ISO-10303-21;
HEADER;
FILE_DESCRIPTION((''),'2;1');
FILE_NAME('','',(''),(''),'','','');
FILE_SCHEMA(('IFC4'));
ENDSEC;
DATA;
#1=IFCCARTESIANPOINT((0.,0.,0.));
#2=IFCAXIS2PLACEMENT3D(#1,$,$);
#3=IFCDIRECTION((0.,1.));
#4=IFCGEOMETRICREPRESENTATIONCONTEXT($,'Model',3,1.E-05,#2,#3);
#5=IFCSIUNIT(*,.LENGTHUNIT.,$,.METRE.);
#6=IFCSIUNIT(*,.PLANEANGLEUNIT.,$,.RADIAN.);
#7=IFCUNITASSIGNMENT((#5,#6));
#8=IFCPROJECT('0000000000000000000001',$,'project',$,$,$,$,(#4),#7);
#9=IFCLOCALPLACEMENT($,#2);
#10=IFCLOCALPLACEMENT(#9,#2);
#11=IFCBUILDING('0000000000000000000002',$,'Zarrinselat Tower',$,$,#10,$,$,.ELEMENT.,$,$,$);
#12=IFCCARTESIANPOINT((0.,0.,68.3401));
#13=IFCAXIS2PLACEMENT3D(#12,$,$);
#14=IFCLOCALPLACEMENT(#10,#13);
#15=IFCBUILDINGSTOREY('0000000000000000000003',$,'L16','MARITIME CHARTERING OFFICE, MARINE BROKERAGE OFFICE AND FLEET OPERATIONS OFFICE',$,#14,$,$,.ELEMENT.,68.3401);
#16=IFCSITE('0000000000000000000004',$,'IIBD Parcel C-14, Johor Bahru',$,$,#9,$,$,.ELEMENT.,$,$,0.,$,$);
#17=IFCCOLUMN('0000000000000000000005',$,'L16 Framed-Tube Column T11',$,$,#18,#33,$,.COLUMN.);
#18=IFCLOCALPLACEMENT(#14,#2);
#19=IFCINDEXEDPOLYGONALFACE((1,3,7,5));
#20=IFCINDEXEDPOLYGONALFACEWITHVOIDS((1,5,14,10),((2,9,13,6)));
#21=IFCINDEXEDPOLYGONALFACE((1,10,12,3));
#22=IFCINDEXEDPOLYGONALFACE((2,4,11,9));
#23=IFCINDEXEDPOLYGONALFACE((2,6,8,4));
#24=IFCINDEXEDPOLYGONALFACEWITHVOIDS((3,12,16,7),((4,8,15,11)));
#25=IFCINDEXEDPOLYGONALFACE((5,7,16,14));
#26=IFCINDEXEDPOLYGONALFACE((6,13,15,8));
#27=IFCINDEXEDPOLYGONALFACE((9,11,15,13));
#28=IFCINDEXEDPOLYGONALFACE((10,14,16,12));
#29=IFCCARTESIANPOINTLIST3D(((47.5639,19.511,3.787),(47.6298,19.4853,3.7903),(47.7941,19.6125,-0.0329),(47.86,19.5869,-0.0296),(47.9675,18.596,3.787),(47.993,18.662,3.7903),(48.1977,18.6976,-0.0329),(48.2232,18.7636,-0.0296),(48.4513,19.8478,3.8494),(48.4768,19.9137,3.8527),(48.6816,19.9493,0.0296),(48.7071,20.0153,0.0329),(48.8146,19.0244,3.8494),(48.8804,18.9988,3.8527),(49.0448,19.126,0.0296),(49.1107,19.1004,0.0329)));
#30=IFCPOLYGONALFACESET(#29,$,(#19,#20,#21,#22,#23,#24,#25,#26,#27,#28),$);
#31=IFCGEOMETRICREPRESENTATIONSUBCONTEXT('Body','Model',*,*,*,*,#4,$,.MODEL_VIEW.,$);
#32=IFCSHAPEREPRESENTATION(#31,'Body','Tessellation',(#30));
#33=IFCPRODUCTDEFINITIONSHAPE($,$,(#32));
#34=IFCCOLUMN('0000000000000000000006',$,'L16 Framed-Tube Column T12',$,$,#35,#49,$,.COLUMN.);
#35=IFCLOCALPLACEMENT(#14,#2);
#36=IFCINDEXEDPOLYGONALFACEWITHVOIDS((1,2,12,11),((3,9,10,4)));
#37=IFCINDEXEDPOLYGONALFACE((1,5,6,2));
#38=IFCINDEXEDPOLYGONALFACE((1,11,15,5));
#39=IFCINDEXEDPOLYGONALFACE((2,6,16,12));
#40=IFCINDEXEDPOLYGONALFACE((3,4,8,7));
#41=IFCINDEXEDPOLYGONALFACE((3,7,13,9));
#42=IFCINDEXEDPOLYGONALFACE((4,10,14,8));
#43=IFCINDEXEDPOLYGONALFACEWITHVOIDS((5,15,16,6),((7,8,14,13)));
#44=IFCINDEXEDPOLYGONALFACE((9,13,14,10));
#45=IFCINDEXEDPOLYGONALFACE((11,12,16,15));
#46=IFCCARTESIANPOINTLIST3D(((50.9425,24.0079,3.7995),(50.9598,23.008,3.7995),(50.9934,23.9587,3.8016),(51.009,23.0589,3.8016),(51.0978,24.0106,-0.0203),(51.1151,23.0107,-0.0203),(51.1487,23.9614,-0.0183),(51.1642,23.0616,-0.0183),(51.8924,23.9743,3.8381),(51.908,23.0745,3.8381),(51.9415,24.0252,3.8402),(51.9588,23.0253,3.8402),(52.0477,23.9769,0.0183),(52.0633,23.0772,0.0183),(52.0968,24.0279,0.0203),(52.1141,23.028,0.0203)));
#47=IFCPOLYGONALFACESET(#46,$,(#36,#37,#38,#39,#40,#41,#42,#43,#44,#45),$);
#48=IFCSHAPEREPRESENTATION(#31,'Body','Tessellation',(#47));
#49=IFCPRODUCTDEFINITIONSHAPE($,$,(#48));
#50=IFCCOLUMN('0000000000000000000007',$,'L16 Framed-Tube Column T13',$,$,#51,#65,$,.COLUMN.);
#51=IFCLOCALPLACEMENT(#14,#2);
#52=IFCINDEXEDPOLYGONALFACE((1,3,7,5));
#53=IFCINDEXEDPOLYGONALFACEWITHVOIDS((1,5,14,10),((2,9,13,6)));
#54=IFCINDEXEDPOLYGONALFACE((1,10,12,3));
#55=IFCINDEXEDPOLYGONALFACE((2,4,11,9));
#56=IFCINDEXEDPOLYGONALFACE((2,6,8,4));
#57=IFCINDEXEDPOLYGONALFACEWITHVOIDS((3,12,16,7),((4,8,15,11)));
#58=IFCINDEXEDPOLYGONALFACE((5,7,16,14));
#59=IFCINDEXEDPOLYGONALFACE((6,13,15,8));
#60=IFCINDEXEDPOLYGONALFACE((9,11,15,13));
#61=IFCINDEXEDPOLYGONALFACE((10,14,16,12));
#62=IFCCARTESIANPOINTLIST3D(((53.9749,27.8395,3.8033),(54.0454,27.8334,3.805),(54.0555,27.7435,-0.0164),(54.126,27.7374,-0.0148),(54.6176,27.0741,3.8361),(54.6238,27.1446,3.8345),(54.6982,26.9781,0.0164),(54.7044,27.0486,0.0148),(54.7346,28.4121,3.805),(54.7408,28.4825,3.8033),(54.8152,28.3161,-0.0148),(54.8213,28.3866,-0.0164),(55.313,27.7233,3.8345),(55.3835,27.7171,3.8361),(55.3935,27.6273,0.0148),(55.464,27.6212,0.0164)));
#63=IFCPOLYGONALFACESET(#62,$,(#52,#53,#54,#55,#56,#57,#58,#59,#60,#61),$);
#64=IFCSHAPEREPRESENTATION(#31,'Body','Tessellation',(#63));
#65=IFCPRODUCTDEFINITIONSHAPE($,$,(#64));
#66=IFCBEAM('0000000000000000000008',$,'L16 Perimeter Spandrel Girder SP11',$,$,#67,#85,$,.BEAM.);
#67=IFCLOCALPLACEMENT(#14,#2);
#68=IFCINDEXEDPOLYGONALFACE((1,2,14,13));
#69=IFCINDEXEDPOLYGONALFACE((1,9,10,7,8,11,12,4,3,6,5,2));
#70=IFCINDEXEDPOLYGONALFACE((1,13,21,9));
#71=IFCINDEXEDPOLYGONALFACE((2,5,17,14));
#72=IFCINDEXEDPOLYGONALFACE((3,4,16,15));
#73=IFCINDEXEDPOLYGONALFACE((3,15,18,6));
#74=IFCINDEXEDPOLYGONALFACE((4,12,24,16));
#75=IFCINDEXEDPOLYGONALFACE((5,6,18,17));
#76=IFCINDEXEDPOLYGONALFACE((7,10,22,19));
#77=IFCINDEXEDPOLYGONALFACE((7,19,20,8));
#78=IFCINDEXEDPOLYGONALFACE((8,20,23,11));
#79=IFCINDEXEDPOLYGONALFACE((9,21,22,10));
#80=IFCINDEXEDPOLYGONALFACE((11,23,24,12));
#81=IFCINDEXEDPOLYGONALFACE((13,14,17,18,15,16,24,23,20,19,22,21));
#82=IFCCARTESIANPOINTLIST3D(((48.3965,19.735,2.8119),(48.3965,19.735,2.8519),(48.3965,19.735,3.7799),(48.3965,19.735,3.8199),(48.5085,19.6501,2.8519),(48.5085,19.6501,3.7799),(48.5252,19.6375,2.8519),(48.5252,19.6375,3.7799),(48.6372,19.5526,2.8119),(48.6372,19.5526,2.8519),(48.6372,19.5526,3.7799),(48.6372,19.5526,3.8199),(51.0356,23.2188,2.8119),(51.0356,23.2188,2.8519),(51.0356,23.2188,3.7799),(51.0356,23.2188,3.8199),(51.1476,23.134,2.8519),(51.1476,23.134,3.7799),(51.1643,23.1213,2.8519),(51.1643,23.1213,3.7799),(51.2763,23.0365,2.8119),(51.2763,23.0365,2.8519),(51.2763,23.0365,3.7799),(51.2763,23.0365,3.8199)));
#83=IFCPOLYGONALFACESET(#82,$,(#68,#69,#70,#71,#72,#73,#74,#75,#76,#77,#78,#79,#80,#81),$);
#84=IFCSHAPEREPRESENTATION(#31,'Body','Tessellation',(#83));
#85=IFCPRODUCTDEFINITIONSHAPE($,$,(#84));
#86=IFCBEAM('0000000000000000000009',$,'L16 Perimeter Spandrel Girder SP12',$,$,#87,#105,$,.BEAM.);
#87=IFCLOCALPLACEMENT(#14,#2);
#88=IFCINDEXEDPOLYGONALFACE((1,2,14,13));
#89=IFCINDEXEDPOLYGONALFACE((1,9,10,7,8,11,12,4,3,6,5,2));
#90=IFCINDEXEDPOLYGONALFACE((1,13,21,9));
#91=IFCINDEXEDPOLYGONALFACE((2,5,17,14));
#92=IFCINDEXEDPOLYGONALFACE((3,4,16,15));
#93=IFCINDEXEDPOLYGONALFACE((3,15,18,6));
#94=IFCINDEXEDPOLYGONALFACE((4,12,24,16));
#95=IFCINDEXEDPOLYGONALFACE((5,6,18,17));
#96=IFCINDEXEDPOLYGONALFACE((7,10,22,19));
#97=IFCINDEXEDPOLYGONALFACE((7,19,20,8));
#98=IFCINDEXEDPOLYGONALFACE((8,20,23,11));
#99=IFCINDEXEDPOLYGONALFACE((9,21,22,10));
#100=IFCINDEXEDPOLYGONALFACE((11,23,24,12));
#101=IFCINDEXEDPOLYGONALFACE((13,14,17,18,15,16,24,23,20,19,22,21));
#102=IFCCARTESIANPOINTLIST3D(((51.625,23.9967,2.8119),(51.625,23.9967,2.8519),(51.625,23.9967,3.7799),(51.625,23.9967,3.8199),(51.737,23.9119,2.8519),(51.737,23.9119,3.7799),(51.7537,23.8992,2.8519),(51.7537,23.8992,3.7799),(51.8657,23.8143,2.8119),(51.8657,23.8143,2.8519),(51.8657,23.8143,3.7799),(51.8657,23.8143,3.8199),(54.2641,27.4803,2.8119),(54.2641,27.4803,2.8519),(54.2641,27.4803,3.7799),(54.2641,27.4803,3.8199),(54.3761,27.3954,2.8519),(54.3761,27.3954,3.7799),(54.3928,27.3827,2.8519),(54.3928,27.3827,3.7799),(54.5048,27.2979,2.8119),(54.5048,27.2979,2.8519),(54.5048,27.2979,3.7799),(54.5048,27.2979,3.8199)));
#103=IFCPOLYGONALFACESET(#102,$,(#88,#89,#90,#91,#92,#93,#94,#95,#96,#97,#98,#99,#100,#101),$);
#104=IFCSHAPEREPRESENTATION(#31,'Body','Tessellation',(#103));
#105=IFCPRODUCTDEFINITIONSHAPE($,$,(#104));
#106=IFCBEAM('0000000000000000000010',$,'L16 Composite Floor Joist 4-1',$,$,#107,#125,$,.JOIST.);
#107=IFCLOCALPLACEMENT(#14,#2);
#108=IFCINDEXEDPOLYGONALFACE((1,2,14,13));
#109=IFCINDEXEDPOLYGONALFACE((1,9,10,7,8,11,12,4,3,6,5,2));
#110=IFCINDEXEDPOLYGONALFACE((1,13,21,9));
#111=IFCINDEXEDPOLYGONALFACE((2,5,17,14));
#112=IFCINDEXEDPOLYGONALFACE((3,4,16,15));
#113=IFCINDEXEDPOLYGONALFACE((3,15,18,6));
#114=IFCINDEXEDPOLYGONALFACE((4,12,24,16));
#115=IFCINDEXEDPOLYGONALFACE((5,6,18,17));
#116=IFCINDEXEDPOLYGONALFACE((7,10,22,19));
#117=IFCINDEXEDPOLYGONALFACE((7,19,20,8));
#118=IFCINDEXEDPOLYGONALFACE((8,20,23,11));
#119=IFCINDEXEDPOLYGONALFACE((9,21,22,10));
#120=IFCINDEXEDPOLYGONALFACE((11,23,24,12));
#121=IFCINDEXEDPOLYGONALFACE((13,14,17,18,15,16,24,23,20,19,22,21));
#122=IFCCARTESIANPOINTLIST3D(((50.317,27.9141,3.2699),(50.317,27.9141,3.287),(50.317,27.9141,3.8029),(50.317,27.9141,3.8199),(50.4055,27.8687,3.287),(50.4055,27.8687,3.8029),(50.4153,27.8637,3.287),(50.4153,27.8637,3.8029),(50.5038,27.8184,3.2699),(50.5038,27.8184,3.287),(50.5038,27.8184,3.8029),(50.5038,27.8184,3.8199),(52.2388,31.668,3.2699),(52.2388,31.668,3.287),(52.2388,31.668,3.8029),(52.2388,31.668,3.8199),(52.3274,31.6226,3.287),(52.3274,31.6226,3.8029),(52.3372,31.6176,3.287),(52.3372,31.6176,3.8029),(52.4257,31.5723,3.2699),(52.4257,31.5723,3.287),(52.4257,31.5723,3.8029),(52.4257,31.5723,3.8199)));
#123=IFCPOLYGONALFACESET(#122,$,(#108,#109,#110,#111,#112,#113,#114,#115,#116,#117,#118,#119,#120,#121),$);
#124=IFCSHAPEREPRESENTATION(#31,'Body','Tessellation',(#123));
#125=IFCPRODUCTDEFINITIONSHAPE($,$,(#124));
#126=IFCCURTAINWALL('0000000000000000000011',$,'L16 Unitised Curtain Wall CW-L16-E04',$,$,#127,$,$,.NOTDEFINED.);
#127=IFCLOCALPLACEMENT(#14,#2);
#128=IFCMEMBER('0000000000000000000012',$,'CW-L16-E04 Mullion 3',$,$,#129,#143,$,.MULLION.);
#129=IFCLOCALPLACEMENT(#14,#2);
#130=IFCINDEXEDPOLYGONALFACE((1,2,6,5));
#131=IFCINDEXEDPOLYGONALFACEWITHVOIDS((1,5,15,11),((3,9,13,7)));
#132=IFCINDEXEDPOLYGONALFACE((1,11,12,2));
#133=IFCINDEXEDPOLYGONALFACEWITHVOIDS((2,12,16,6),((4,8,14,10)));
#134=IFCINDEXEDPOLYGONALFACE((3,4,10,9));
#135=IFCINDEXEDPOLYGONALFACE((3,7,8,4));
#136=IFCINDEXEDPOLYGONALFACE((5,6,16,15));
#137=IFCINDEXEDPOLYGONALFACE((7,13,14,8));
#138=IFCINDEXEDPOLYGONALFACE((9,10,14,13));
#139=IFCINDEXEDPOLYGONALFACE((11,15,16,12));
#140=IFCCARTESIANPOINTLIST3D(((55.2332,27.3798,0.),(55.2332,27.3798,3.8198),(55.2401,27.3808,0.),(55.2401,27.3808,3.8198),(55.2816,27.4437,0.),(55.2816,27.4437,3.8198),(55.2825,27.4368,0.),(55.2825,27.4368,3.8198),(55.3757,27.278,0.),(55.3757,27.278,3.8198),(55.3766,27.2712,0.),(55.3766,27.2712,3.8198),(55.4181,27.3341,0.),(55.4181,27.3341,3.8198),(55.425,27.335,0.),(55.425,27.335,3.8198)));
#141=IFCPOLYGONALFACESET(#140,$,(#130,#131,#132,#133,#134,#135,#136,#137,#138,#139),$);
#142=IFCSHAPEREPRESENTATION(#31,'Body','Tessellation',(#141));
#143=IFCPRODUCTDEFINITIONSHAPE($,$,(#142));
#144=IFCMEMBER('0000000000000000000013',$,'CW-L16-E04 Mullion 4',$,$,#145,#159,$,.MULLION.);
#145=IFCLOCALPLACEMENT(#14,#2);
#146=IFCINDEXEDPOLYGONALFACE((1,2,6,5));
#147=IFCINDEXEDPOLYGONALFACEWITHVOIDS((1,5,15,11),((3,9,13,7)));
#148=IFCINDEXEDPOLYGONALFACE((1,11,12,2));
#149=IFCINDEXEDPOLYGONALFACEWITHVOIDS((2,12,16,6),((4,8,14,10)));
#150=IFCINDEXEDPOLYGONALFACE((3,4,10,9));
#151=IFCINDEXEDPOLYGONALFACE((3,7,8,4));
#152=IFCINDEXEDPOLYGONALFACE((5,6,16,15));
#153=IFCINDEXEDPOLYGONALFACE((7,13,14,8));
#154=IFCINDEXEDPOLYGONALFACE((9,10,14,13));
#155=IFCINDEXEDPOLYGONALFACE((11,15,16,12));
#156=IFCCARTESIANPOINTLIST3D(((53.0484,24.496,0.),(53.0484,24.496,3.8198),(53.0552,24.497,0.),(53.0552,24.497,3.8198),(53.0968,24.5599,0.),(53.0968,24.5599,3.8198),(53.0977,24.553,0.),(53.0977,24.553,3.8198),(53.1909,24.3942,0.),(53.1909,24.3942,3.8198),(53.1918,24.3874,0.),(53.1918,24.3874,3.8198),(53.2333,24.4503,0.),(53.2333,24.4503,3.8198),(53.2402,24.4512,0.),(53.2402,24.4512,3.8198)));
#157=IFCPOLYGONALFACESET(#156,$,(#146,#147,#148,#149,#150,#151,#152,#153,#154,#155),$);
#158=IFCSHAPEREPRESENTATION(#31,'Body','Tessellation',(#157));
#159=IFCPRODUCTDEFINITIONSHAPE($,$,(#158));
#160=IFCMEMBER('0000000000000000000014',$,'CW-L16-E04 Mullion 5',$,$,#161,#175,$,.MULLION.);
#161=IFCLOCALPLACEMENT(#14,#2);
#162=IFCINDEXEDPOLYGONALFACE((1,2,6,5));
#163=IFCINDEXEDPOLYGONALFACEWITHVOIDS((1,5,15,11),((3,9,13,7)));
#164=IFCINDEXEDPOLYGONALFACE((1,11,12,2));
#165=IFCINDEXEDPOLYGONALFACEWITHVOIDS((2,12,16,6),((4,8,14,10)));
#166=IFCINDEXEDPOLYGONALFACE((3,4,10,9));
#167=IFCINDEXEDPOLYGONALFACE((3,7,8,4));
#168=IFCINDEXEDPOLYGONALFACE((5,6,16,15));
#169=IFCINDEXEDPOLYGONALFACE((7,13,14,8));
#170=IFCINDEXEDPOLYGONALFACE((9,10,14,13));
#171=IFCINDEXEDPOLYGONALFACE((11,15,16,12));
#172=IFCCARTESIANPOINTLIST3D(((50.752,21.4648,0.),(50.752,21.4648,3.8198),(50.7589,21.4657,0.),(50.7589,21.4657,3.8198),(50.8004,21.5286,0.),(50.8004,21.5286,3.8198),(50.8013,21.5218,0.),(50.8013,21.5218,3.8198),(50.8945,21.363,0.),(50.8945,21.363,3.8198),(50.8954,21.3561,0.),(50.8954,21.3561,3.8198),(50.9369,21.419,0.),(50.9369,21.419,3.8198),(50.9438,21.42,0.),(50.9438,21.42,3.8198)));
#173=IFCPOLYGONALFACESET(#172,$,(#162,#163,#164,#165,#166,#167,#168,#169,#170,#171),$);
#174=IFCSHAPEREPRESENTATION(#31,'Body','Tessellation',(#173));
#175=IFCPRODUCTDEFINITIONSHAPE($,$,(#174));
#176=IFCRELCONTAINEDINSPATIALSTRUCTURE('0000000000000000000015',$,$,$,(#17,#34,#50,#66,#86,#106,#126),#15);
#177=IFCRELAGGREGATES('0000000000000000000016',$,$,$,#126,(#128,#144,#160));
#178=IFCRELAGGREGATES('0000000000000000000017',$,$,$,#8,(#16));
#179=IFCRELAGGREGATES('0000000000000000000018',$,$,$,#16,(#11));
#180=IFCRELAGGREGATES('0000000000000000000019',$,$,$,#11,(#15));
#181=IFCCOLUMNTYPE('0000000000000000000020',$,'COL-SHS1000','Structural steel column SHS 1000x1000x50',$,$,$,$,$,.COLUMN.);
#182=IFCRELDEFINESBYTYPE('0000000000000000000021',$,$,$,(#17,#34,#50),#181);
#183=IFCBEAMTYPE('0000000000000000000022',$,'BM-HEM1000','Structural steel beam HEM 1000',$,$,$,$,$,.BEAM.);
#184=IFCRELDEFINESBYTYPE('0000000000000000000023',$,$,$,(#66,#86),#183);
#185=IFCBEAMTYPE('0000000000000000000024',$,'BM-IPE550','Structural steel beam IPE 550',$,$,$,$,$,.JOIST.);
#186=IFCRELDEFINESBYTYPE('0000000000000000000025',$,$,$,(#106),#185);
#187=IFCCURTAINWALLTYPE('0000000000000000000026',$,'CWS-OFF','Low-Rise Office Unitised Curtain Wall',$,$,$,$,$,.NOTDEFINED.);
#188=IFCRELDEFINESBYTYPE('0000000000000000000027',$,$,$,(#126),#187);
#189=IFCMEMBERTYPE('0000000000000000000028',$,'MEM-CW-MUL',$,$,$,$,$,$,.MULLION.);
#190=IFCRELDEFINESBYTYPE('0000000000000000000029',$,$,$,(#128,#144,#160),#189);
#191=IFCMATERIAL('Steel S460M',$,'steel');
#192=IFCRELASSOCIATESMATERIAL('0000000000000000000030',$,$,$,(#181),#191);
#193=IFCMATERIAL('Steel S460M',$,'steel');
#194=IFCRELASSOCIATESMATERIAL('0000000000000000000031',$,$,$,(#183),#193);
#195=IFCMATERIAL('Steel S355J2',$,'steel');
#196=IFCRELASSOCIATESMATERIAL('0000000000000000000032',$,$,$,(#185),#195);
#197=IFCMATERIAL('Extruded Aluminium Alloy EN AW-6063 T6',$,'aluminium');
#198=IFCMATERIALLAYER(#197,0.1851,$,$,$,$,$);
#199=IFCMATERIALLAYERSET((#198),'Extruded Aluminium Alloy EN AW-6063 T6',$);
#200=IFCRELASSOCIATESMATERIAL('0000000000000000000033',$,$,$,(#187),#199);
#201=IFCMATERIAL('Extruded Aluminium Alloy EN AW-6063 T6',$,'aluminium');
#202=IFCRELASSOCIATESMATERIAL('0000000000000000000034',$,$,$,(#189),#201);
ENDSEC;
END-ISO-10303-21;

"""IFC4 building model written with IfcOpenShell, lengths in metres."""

from ifc_helpers import new_model, si_unit, direction, frame, origin, origin_2d, place, context, subcontext, project, spatial, hollow_rectangle, i_section, extrude, material, layer, layer_set, material_profile, profile_set, type_object, element, aggregate, save


model = new_model("IFC4")

# Units and contexts
model_context = context("Model", 3, precision=1e-05, world=origin(), true_north=direction((0.0, 1.0)))
body_context = subcontext(model_context, "Body", "Model", "MODEL_VIEW")
ifc_project = project(units=[si_unit("LENGTHUNIT", "METRE"), si_unit("PLANEANGLEUNIT", "RADIAN")], contexts=[model_context])

# Site, building, storey
site_placement = place(None, origin())
site = spatial("IfcSite", under=ifc_project, at=site_placement, Name="IIBD Parcel C-14, Johor Bahru", CompositionType="ELEMENT", RefElevation=0.0)
building_placement = place(site_placement, origin())
building = spatial("IfcBuilding", under=site, at=building_placement, Name="Zarrinselat Tower", CompositionType="ELEMENT")
storey_placement = place(building_placement, frame((0.0, 0.0, 68.3401)))
storey = spatial("IfcBuildingStorey", under=building, at=storey_placement, Name="L16", Description="MARITIME CHARTERING OFFICE, MARINE BROKERAGE OFFICE AND FLEET OPERATIONS OFFICE", CompositionType="ELEMENT", Elevation=68.3401)

# Columns
ifc_material_1 = material(Name="Steel S460M", Category="steel")
ifc_material_profile_1 = material_profile(ifc_material_1, hollow_rectangle(XDim=1.0, YDim=1.0, WallThickness=0.05, at=origin_2d()), Name="SHS 1000x1000x50")
ifc_profile_set_1 = profile_set([ifc_material_profile_1], Name="Steel S460M")
column_type = type_object("IfcColumnType", Name="COL-SHS1000", Description="Structural steel column SHS 1000x1000x50", PredefinedType="COLUMN", material=ifc_profile_set_1)
column_1_placement = place(storey_placement, frame((48.4524, 19.3564, 0.0), z_axis=(-0.060141, -0.026531, 0.997837), x_axis=(0.403616, -0.914928, 0.0)))
element("IfcColumn", 1, at=column_1_placement, inside=storey, type_object=column_type, Name="L16 Framed-Tube Column T11", PredefinedType="COLUMN", context=body_context, shape_type="SweptSolid", body=[
    extrude(hollow_rectangle(XDim=1.0, YDim=1.0, WallThickness=0.05, at=origin_2d()), origin(), (0.0, 0.0, 1.0), 3.8281),
])
column_2_placement = place(storey_placement, frame((51.606, 23.5193, 0.0), z_axis=(-0.040616, -0.000702, 0.999175), x_axis=(0.017293, -0.99985, 0.0)))
element("IfcColumn", 2, at=column_2_placement, inside=storey, type_object=column_type, Name="L16 Framed-Tube Column T12", PredefinedType="COLUMN", context=body_context, shape_type="SweptSolid", body=[
    extrude(hollow_rectangle(XDim=1.0, YDim=1.0, WallThickness=0.05, at=origin_2d()), origin(), (0.0, 0.0, 1.0), 3.823),
])
column_3_placement = place(storey_placement, frame((54.7598, 27.6824, 0.0), z_axis=(-0.02108, 0.025105, 0.999463), x_axis=(-0.76582, -0.643055, 0.0)))
element("IfcColumn", 3, at=column_3_placement, inside=storey, type_object=column_type, Name="L16 Framed-Tube Column T13", PredefinedType="COLUMN", context=body_context, shape_type="SweptSolid", body=[
    extrude(hollow_rectangle(XDim=1.0, YDim=1.0, WallThickness=0.05, at=origin_2d()), origin(), (0.0, 0.0, 1.0), 3.8218),
])

# Beams
ifc_material_2 = material(Name="Steel S460M", Category="steel")
ifc_material_profile_2 = material_profile(ifc_material_2, i_section(OverallWidth=0.302, OverallDepth=1.0081, WebThickness=0.021, FlangeThickness=0.04, at=origin_2d()), Name="HEM 1000")
ifc_profile_set_2 = profile_set([ifc_material_profile_2], Name="Steel S460M")
beam_type_1 = type_object("IfcBeamType", Name="BM-HEM1000", Description="Structural steel beam HEM 1000", PredefinedType="BEAM", material=ifc_profile_set_2)
beam_1_placement = place(storey_placement, frame((48.5168, 19.6438, 3.3159), z_axis=(0.603836, 0.797108, 0.0), x_axis=(-0.797108, 0.603836, 0.0)))
element("IfcBeam", 4, at=beam_1_placement, inside=storey, type_object=beam_type_1, Name="L16 Perimeter Spandrel Girder SP11", PredefinedType="BEAM", context=body_context, shape_type="SweptSolid", body=[
    extrude(i_section(OverallWidth=0.302, OverallDepth=1.0081, WebThickness=0.021, FlangeThickness=0.04, at=origin_2d()), origin(), (0.0, 0.0, 1.0), 4.3706),
])
beam_2_placement = place(storey_placement, frame((51.7454, 23.9055, 3.3159), z_axis=(0.603863, 0.797088, 0.0), x_axis=(-0.797088, 0.603863, 0.0)))
element("IfcBeam", 5, at=beam_2_placement, inside=storey, type_object=beam_type_1, Name="L16 Perimeter Spandrel Girder SP12", PredefinedType="BEAM", context=body_context, shape_type="SweptSolid", body=[
    extrude(i_section(OverallWidth=0.302, OverallDepth=1.0081, WebThickness=0.021, FlangeThickness=0.04, at=origin_2d()), origin(), (0.0, 0.0, 1.0), 4.3704),
])
ifc_material_3 = material(Name="Steel S355J2", Category="steel")
ifc_material_profile_3 = material_profile(ifc_material_3, i_section(OverallWidth=0.21, OverallDepth=0.55, WebThickness=0.011, FlangeThickness=0.0171, at=origin_2d()), Name="IPE 550")
ifc_profile_set_3 = profile_set([ifc_material_profile_3], Name="Steel S355J2")
beam_type_2 = type_object("IfcBeamType", Name="BM-IPE550", Description="Structural steel beam IPE 550", PredefinedType="JOIST", material=ifc_profile_set_3)
beam_3_placement = place(storey_placement, frame((50.4104, 27.8662, 3.5449), z_axis=(0.455715, 0.890126, 0.0), x_axis=(-0.890126, 0.455715, 0.0)))
element("IfcBeam", 6, at=beam_3_placement, inside=storey, type_object=beam_type_2, Name="L16 Composite Floor Joist 4-1", PredefinedType="JOIST", context=body_context, shape_type="SweptSolid", body=[
    extrude(i_section(OverallWidth=0.21, OverallDepth=0.55, WebThickness=0.011, FlangeThickness=0.0171, at=origin_2d()), origin(), (0.0, 0.0, 1.0), 4.2173),
])

# Curtain wall, members
ifc_material_4 = material(Name="Extruded Aluminium Alloy EN AW-6063 T6", Category="aluminium")
ifc_layer_1 = layer(ifc_material_4, 0.1851)
ifc_layer_set_1 = layer_set([ifc_layer_1], Name="Extruded Aluminium Alloy EN AW-6063 T6")
curtain_wall_type = type_object("IfcCurtainWallType", Name="CWS-OFF", Description="Low-Rise Office Unitised Curtain Wall", PredefinedType="NOTDEFINED", material=ifc_layer_set_1)
curtain_wall_1_placement = place(storey_placement, origin())
curtain_wall_1 = element("IfcCurtainWall", 7, at=curtain_wall_1_placement, inside=storey, type_object=curtain_wall_type, Name="L16 Unitised Curtain Wall CW-L16-E04", PredefinedType="NOTDEFINED")
ifc_material_5 = material(Name="Extruded Aluminium Alloy EN AW-6063 T6", Category="aluminium")
ifc_material_profile_4 = material_profile(ifc_material_5, hollow_rectangle(XDim=0.0801, YDim=0.1799, WallThickness=0.0049, at=origin_2d()), Name="RHS 180x80x5")
ifc_profile_set_4 = profile_set([ifc_material_profile_4], Name="Extruded Aluminium Alloy EN AW-6063 T6")
member_type_1 = type_object("IfcMemberType", Name="MEM-CW-MUL", PredefinedType="MULLION", material=ifc_profile_set_4)
member_1_placement = place(storey_placement, frame((55.3291, 27.3574, 0.0), z_axis=(0.0, 0.0, 1.0), x_axis=(-0.603859, -0.797091, 0.0)))
member_1 = element("IfcMember", 8, at=member_1_placement, type_object=member_type_1, Name="CW-L16-E04 Mullion 3", PredefinedType="MULLION", context=body_context, shape_type="SweptSolid", body=[
    extrude(hollow_rectangle(XDim=0.0801, YDim=0.1799, WallThickness=0.0049, at=origin_2d()), origin(), (0.0, 0.0, 1.0), 3.8198),
])
member_2_placement = place(storey_placement, frame((53.1443, 24.4736, 0.0), z_axis=(0.0, 0.0, 1.0), x_axis=(-0.603859, -0.797091, 0.0)))
member_2 = element("IfcMember", 9, at=member_2_placement, type_object=member_type_1, Name="CW-L16-E04 Mullion 4", PredefinedType="MULLION", context=body_context, shape_type="SweptSolid", body=[
    extrude(hollow_rectangle(XDim=0.0801, YDim=0.1799, WallThickness=0.0049, at=origin_2d()), origin(), (0.0, 0.0, 1.0), 3.8198),
])
member_3_placement = place(storey_placement, frame((50.8479, 21.4424, 0.0), z_axis=(0.0, 0.0, 1.0), x_axis=(-0.603859, -0.797091, 0.0)))
member_3 = element("IfcMember", 10, at=member_3_placement, type_object=member_type_1, Name="CW-L16-E04 Mullion 5", PredefinedType="MULLION", context=body_context, shape_type="SweptSolid", body=[
    extrude(hollow_rectangle(XDim=0.0801, YDim=0.1799, WallThickness=0.0049, at=origin_2d()), origin(), (0.0, 0.0, 1.0), 3.8198),
])

aggregate(curtain_wall_1, [member_1, member_2, member_3])

save(model, "model.ifc")
